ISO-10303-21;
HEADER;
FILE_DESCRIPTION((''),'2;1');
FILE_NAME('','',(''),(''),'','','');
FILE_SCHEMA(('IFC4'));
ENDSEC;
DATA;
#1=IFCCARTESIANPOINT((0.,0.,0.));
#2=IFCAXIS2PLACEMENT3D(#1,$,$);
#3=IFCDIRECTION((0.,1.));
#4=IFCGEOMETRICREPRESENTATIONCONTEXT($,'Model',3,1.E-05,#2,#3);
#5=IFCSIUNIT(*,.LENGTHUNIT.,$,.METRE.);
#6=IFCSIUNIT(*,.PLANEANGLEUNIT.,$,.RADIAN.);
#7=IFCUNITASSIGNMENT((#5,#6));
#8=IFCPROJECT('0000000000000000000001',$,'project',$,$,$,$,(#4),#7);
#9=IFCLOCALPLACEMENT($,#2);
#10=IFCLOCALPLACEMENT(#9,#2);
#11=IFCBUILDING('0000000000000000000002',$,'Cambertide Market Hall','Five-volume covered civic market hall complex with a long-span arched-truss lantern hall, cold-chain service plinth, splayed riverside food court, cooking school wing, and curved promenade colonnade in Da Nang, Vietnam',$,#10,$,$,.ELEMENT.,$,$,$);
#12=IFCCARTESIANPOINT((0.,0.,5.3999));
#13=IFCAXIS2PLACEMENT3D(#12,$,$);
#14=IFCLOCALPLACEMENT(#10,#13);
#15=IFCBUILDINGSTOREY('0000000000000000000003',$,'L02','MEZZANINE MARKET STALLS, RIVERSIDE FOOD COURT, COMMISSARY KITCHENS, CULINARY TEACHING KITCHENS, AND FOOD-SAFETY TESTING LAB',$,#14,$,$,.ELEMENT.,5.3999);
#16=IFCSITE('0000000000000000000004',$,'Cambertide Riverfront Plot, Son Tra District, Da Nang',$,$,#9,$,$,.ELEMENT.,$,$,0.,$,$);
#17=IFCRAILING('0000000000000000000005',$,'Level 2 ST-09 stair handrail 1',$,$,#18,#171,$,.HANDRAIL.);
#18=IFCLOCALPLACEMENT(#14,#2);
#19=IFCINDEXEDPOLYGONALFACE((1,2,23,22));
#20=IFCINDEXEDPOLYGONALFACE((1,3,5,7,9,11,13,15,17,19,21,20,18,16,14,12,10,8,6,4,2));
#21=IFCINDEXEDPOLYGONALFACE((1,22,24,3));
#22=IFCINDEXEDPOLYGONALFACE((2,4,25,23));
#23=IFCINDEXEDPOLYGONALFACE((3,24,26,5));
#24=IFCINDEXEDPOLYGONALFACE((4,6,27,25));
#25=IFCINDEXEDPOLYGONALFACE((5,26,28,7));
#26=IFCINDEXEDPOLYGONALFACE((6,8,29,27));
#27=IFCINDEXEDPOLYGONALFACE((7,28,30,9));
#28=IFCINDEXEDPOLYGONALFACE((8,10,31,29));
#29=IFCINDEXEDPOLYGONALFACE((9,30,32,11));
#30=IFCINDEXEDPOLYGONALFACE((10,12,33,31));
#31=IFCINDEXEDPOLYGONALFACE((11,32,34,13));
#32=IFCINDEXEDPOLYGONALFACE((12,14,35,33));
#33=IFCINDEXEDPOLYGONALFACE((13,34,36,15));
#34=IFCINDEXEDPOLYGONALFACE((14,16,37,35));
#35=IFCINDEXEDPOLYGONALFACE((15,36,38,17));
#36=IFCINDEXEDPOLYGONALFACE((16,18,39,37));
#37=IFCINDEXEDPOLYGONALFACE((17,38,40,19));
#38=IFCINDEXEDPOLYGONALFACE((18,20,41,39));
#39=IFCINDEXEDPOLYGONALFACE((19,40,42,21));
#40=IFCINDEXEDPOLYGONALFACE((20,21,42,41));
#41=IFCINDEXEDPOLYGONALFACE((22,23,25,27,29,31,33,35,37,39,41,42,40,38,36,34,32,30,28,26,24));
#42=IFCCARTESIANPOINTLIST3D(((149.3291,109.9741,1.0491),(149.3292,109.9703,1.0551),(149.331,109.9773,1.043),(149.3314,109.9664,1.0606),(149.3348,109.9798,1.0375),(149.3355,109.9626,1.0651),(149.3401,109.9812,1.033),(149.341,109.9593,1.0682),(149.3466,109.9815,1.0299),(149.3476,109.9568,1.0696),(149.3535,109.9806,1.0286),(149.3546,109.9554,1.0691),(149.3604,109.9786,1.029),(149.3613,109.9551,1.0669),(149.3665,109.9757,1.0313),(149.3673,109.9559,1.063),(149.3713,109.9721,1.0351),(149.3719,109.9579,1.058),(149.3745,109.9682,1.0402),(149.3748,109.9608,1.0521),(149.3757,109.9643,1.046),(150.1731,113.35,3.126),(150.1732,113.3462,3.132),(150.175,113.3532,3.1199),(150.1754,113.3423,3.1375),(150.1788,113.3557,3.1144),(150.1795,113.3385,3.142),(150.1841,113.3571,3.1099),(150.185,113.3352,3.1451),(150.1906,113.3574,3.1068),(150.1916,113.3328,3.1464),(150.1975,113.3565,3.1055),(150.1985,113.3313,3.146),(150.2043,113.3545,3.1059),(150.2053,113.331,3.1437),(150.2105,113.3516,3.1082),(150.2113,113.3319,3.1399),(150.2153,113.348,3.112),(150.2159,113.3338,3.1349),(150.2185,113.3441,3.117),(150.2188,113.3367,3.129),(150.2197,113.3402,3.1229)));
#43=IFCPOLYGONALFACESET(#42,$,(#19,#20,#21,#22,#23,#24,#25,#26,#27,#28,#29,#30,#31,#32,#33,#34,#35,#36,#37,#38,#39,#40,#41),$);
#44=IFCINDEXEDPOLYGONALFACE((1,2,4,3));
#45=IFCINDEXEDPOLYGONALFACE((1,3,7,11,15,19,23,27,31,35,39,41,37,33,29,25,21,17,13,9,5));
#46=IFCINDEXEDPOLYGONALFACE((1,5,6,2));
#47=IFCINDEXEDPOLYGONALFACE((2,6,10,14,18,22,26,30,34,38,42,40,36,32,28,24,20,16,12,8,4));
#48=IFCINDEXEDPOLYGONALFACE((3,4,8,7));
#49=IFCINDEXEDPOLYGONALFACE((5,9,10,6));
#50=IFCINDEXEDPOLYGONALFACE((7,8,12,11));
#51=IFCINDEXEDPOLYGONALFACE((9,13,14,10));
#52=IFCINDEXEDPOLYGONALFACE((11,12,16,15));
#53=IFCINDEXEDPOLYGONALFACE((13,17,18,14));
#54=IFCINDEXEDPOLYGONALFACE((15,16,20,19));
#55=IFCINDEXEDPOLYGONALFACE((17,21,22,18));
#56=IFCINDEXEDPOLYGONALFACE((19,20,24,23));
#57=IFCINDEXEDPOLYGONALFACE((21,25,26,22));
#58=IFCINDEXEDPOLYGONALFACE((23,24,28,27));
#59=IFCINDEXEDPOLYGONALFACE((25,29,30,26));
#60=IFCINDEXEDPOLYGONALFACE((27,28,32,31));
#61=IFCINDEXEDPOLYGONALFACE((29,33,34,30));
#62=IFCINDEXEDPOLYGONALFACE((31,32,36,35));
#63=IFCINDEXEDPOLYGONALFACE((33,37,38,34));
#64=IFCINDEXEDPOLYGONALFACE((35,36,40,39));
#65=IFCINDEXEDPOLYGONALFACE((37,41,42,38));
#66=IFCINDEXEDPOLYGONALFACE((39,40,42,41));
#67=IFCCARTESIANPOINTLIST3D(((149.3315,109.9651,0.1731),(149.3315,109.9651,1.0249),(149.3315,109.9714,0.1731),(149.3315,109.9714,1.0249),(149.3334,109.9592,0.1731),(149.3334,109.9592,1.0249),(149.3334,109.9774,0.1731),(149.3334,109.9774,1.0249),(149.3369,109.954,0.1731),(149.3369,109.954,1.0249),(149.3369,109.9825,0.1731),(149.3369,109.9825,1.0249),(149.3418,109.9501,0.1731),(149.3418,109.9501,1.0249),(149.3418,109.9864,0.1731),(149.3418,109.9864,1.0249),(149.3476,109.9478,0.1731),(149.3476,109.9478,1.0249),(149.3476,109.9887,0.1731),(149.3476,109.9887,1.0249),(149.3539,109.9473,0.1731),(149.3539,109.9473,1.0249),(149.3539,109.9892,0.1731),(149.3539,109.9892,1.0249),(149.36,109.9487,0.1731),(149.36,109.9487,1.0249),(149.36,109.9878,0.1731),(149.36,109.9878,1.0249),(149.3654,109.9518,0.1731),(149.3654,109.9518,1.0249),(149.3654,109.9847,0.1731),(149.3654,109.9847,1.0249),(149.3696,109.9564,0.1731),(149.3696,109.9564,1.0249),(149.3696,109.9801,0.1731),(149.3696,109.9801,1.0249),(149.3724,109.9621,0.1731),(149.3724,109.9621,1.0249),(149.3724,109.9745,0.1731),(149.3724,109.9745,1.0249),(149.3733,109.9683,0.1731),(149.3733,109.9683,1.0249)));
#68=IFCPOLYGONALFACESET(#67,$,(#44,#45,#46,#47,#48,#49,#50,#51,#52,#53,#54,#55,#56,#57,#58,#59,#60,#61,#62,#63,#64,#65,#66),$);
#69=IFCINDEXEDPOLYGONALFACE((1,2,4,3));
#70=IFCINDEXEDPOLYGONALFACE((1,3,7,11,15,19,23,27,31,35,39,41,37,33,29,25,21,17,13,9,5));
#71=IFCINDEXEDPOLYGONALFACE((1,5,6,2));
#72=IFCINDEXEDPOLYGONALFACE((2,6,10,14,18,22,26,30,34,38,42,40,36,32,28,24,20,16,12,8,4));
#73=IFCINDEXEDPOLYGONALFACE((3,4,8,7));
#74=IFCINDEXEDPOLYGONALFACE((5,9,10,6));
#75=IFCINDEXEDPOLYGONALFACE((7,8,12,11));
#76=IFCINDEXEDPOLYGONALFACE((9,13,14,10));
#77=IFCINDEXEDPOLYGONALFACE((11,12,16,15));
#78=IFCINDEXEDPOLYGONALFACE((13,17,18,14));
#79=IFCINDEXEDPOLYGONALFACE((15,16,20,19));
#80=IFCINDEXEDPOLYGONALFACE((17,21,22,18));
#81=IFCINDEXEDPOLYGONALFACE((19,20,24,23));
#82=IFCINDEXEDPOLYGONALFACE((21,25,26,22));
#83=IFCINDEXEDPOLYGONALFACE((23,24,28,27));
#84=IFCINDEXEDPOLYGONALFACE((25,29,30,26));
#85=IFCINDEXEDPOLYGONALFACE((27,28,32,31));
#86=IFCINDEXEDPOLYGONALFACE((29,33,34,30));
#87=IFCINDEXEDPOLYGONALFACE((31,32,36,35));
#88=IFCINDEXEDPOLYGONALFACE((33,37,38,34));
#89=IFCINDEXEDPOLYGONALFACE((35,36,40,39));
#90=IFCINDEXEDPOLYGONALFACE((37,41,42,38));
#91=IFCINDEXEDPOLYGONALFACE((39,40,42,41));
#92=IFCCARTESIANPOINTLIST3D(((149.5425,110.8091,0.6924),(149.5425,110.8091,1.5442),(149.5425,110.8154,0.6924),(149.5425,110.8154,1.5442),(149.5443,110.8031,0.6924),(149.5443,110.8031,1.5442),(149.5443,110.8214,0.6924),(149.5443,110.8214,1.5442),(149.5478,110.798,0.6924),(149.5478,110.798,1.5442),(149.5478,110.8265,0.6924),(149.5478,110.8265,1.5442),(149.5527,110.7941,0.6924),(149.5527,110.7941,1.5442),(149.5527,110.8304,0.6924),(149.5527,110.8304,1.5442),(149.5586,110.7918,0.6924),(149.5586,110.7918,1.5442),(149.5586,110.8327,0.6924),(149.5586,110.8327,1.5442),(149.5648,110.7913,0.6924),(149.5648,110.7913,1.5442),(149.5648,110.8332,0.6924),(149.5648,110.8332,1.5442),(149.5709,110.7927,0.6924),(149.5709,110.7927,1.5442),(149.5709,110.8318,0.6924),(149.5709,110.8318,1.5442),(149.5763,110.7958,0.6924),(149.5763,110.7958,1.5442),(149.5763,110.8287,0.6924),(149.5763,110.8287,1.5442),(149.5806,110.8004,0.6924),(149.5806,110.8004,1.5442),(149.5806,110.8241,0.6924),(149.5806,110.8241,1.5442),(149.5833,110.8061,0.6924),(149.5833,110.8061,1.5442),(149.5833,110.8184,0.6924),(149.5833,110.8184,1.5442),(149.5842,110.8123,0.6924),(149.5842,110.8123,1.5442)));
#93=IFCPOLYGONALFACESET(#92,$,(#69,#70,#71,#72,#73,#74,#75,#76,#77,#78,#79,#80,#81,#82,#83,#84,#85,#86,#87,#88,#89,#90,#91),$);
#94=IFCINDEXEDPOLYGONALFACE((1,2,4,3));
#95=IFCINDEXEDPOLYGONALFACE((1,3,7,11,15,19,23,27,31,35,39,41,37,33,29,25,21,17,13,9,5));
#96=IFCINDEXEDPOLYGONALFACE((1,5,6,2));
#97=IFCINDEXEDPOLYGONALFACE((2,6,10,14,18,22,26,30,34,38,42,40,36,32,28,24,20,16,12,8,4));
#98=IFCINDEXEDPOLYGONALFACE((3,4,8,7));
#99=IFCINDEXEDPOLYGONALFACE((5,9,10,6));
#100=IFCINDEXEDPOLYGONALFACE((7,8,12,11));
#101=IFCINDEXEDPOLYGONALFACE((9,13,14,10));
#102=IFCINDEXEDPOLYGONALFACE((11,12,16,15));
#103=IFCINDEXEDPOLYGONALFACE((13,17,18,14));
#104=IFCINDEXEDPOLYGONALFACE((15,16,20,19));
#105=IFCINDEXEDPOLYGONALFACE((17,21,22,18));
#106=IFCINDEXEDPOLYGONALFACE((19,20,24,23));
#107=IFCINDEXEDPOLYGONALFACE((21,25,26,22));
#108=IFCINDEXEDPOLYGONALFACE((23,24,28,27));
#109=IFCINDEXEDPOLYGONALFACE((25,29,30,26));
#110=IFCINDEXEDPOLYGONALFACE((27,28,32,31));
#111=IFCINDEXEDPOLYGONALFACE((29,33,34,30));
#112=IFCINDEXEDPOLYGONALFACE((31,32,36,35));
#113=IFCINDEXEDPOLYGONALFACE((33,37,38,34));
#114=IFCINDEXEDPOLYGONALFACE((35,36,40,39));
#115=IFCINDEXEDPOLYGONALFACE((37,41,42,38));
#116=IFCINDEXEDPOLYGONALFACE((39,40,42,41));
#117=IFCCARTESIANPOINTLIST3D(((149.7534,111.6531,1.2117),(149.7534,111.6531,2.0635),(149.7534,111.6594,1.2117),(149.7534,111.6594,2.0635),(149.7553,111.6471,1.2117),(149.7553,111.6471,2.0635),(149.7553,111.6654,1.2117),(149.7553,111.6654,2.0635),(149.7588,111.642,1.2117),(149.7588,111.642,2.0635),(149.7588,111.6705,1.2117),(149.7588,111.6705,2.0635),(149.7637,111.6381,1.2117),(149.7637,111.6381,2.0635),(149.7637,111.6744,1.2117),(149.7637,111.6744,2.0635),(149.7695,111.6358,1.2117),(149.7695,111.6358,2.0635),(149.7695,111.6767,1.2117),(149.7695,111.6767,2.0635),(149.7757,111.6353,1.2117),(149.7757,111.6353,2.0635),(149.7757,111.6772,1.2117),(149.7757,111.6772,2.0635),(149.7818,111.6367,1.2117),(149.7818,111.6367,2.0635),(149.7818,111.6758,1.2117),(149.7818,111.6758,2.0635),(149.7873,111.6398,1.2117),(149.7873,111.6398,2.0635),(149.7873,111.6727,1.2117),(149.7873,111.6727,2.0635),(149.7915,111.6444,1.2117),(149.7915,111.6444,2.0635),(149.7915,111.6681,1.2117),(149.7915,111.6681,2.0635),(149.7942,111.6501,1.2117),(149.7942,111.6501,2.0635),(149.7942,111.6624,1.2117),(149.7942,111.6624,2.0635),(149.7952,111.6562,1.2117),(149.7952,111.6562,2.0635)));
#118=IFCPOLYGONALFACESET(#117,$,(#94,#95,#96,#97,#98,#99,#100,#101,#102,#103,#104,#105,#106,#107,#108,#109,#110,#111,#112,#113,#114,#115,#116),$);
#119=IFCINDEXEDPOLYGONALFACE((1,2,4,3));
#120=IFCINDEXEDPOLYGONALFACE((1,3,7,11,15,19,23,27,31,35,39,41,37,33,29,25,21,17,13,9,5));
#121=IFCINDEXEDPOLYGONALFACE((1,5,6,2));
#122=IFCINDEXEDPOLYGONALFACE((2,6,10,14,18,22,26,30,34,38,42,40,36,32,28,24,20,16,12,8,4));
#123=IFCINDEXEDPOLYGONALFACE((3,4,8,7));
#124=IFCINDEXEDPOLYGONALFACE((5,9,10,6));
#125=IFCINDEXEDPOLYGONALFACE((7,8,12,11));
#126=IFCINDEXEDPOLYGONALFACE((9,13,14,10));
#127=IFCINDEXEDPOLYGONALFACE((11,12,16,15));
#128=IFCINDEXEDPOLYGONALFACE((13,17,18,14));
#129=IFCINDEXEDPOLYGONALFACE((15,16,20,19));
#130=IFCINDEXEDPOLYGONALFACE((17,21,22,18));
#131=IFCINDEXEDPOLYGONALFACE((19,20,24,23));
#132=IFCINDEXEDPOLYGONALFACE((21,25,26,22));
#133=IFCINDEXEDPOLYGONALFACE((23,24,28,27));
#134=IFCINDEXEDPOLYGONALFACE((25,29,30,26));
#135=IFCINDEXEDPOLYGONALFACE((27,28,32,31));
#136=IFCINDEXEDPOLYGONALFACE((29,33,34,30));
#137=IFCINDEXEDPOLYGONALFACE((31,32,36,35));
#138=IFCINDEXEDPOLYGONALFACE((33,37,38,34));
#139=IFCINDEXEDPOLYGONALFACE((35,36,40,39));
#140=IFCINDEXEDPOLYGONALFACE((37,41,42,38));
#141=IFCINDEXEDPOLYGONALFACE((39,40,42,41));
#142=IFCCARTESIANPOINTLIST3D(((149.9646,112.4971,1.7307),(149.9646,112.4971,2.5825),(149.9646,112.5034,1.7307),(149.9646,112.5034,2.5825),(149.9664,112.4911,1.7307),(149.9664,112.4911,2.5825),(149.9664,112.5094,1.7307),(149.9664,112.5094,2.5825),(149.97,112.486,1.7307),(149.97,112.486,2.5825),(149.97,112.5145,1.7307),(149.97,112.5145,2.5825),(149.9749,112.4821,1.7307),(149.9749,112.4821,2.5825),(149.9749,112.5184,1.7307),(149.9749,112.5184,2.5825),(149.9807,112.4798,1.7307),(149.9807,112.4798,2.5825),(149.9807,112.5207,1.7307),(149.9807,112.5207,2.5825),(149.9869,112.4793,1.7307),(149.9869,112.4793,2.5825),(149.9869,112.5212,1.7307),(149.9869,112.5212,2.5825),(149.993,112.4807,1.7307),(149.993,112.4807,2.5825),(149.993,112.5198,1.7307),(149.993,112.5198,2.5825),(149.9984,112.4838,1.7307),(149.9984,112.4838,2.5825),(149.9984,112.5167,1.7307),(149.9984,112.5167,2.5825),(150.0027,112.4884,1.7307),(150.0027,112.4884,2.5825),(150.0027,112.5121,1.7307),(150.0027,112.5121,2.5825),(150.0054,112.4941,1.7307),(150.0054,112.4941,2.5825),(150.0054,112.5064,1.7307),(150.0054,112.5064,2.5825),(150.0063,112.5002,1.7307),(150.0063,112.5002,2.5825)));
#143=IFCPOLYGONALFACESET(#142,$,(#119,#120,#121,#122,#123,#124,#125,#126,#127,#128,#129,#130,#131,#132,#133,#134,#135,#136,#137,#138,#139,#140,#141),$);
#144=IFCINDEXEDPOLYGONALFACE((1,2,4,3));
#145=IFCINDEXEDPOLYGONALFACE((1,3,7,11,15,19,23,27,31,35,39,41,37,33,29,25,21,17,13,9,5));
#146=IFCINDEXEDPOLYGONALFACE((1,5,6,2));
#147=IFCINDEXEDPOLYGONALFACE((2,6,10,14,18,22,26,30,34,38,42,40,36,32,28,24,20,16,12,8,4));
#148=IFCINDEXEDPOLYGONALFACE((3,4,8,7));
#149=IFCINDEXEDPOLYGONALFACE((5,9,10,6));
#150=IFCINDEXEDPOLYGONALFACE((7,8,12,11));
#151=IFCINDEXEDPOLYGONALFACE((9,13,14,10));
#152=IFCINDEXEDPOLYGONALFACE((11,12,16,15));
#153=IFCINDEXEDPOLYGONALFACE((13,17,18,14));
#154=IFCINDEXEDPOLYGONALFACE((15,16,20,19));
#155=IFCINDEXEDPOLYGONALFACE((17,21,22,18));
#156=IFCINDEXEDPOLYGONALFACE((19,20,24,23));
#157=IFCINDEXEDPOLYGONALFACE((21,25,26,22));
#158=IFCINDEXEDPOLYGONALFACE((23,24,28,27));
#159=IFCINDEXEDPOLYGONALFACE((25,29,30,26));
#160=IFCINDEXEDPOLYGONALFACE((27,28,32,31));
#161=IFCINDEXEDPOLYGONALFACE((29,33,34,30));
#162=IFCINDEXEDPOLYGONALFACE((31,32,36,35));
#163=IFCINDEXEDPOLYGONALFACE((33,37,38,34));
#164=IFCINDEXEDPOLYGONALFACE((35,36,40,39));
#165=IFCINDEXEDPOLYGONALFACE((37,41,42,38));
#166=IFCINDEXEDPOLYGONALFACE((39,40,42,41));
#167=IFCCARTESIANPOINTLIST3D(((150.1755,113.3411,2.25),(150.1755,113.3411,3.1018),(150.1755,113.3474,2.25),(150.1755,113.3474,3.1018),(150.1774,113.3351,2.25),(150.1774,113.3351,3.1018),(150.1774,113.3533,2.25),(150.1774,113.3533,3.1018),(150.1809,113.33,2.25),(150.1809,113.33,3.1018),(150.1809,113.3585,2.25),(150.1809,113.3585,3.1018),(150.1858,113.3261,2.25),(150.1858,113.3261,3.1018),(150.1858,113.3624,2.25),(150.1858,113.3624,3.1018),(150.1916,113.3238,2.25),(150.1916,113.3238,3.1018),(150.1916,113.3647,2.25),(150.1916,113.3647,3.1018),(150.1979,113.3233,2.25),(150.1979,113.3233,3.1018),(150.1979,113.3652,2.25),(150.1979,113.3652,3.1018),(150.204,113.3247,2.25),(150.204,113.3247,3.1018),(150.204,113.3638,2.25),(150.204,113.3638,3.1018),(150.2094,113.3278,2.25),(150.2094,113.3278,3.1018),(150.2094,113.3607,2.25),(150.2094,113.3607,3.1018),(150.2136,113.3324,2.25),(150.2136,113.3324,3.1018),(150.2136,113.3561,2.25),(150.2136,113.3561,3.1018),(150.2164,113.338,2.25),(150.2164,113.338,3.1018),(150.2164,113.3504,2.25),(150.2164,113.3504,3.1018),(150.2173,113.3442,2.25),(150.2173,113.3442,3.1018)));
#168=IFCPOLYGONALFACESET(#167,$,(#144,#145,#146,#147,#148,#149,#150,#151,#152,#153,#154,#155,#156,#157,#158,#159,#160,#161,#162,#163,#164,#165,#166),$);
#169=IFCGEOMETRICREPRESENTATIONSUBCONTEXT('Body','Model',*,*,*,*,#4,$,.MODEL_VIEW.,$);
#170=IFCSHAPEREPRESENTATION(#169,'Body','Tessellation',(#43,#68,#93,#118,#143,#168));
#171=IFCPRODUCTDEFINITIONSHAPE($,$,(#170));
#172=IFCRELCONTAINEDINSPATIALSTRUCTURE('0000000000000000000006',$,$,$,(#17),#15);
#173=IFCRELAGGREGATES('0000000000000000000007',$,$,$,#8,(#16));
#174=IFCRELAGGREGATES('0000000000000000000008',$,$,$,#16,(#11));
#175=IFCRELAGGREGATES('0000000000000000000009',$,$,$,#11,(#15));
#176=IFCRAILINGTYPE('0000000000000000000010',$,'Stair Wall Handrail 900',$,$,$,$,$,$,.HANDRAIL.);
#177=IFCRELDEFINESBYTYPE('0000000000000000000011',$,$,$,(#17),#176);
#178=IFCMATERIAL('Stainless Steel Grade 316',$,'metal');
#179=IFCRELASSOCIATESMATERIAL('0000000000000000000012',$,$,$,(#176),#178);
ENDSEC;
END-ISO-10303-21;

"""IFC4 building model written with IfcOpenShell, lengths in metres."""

from ifc_helpers import new_model, si_unit, direction, frame, origin, origin_2d, place, context, subcontext, project, spatial, circle, extrude, material, type_object, element, save


model = new_model("IFC4")

# Units and contexts
model_context = context("Model", 3, precision=1e-05, world=origin(), true_north=direction((0.0, 1.0)))
body_context = subcontext(model_context, "Body", "Model", "MODEL_VIEW")
ifc_project = project(units=[si_unit("LENGTHUNIT", "METRE"), si_unit("PLANEANGLEUNIT", "RADIAN")], contexts=[model_context])

# Site, building, storey
site_placement = place(None, origin())
site = spatial("IfcSite", under=ifc_project, at=site_placement, Name="Cambertide Riverfront Plot, Son Tra District, Da Nang", CompositionType="ELEMENT", RefElevation=0.0)
building_placement = place(site_placement, origin())
building = spatial("IfcBuilding", under=site, at=building_placement, Name="Cambertide Market Hall", Description="Five-volume covered civic market hall complex with a long-span arched-truss lantern hall, cold-chain service plinth, splayed riverside food court, cooking school wing, and curved promenade colonnade in Da Nang, Vietnam", CompositionType="ELEMENT")
storey_placement = place(building_placement, frame((0.0, 0.0, 5.3999)))
storey = spatial("IfcBuildingStorey", under=building, at=storey_placement, Name="L02", Description="MEZZANINE MARKET STALLS, RIVERSIDE FOOD COURT, COMMISSARY KITCHENS, CULINARY TEACHING KITCHENS, AND FOOD-SAFETY TESTING LAB", CompositionType="ELEMENT", Elevation=5.3999)

# Railing
ifc_material_1 = material(Name="Stainless Steel Grade 316", Category="metal")
railing_type_1 = type_object("IfcRailingType", Name="Stair Wall Handrail 900", PredefinedType="HANDRAIL", material=ifc_material_1)
railing_1_placement = place(storey_placement, frame((149.3523, 109.9683, 0.1731)))
element("IfcRailing", 1, at=railing_1_placement, inside=storey, type_object=railing_type_1, Name="Level 2 ST-09 stair handrail 1", PredefinedType="HANDRAIL", context=body_context, shape_type="SweptSolid", body=[
    extrude(circle(Radius=0.0239, at=origin_2d()), frame((0.0, 0.0, 0.876), z_axis=(0.208263, 0.833052, 0.512495), x_axis=(-0.970143, 0.242536, 0.0)), (0.0, 0.0, 1.0), 4.0525),
    extrude(circle(Radius=0.021, at=origin_2d()), origin(), (0.0, 0.0, 1.0), 0.8518),
    extrude(circle(Radius=0.021, at=origin_2d()), frame((0.2109, 0.844, 0.5193)), (0.0, 0.0, 1.0), 0.8518),
    extrude(circle(Radius=0.021, at=origin_2d()), frame((0.4219, 1.688, 1.0386)), (0.0, 0.0, 1.0), 0.8518),
    extrude(circle(Radius=0.021, at=origin_2d()), frame((0.6331, 2.532, 1.5576)), (0.0, 0.0, 1.0), 0.8518),
    extrude(circle(Radius=0.021, at=origin_2d()), frame((0.844, 3.376, 2.0769)), (0.0, 0.0, 1.0), 0.8518),
])

save(model, "model.ifc")
